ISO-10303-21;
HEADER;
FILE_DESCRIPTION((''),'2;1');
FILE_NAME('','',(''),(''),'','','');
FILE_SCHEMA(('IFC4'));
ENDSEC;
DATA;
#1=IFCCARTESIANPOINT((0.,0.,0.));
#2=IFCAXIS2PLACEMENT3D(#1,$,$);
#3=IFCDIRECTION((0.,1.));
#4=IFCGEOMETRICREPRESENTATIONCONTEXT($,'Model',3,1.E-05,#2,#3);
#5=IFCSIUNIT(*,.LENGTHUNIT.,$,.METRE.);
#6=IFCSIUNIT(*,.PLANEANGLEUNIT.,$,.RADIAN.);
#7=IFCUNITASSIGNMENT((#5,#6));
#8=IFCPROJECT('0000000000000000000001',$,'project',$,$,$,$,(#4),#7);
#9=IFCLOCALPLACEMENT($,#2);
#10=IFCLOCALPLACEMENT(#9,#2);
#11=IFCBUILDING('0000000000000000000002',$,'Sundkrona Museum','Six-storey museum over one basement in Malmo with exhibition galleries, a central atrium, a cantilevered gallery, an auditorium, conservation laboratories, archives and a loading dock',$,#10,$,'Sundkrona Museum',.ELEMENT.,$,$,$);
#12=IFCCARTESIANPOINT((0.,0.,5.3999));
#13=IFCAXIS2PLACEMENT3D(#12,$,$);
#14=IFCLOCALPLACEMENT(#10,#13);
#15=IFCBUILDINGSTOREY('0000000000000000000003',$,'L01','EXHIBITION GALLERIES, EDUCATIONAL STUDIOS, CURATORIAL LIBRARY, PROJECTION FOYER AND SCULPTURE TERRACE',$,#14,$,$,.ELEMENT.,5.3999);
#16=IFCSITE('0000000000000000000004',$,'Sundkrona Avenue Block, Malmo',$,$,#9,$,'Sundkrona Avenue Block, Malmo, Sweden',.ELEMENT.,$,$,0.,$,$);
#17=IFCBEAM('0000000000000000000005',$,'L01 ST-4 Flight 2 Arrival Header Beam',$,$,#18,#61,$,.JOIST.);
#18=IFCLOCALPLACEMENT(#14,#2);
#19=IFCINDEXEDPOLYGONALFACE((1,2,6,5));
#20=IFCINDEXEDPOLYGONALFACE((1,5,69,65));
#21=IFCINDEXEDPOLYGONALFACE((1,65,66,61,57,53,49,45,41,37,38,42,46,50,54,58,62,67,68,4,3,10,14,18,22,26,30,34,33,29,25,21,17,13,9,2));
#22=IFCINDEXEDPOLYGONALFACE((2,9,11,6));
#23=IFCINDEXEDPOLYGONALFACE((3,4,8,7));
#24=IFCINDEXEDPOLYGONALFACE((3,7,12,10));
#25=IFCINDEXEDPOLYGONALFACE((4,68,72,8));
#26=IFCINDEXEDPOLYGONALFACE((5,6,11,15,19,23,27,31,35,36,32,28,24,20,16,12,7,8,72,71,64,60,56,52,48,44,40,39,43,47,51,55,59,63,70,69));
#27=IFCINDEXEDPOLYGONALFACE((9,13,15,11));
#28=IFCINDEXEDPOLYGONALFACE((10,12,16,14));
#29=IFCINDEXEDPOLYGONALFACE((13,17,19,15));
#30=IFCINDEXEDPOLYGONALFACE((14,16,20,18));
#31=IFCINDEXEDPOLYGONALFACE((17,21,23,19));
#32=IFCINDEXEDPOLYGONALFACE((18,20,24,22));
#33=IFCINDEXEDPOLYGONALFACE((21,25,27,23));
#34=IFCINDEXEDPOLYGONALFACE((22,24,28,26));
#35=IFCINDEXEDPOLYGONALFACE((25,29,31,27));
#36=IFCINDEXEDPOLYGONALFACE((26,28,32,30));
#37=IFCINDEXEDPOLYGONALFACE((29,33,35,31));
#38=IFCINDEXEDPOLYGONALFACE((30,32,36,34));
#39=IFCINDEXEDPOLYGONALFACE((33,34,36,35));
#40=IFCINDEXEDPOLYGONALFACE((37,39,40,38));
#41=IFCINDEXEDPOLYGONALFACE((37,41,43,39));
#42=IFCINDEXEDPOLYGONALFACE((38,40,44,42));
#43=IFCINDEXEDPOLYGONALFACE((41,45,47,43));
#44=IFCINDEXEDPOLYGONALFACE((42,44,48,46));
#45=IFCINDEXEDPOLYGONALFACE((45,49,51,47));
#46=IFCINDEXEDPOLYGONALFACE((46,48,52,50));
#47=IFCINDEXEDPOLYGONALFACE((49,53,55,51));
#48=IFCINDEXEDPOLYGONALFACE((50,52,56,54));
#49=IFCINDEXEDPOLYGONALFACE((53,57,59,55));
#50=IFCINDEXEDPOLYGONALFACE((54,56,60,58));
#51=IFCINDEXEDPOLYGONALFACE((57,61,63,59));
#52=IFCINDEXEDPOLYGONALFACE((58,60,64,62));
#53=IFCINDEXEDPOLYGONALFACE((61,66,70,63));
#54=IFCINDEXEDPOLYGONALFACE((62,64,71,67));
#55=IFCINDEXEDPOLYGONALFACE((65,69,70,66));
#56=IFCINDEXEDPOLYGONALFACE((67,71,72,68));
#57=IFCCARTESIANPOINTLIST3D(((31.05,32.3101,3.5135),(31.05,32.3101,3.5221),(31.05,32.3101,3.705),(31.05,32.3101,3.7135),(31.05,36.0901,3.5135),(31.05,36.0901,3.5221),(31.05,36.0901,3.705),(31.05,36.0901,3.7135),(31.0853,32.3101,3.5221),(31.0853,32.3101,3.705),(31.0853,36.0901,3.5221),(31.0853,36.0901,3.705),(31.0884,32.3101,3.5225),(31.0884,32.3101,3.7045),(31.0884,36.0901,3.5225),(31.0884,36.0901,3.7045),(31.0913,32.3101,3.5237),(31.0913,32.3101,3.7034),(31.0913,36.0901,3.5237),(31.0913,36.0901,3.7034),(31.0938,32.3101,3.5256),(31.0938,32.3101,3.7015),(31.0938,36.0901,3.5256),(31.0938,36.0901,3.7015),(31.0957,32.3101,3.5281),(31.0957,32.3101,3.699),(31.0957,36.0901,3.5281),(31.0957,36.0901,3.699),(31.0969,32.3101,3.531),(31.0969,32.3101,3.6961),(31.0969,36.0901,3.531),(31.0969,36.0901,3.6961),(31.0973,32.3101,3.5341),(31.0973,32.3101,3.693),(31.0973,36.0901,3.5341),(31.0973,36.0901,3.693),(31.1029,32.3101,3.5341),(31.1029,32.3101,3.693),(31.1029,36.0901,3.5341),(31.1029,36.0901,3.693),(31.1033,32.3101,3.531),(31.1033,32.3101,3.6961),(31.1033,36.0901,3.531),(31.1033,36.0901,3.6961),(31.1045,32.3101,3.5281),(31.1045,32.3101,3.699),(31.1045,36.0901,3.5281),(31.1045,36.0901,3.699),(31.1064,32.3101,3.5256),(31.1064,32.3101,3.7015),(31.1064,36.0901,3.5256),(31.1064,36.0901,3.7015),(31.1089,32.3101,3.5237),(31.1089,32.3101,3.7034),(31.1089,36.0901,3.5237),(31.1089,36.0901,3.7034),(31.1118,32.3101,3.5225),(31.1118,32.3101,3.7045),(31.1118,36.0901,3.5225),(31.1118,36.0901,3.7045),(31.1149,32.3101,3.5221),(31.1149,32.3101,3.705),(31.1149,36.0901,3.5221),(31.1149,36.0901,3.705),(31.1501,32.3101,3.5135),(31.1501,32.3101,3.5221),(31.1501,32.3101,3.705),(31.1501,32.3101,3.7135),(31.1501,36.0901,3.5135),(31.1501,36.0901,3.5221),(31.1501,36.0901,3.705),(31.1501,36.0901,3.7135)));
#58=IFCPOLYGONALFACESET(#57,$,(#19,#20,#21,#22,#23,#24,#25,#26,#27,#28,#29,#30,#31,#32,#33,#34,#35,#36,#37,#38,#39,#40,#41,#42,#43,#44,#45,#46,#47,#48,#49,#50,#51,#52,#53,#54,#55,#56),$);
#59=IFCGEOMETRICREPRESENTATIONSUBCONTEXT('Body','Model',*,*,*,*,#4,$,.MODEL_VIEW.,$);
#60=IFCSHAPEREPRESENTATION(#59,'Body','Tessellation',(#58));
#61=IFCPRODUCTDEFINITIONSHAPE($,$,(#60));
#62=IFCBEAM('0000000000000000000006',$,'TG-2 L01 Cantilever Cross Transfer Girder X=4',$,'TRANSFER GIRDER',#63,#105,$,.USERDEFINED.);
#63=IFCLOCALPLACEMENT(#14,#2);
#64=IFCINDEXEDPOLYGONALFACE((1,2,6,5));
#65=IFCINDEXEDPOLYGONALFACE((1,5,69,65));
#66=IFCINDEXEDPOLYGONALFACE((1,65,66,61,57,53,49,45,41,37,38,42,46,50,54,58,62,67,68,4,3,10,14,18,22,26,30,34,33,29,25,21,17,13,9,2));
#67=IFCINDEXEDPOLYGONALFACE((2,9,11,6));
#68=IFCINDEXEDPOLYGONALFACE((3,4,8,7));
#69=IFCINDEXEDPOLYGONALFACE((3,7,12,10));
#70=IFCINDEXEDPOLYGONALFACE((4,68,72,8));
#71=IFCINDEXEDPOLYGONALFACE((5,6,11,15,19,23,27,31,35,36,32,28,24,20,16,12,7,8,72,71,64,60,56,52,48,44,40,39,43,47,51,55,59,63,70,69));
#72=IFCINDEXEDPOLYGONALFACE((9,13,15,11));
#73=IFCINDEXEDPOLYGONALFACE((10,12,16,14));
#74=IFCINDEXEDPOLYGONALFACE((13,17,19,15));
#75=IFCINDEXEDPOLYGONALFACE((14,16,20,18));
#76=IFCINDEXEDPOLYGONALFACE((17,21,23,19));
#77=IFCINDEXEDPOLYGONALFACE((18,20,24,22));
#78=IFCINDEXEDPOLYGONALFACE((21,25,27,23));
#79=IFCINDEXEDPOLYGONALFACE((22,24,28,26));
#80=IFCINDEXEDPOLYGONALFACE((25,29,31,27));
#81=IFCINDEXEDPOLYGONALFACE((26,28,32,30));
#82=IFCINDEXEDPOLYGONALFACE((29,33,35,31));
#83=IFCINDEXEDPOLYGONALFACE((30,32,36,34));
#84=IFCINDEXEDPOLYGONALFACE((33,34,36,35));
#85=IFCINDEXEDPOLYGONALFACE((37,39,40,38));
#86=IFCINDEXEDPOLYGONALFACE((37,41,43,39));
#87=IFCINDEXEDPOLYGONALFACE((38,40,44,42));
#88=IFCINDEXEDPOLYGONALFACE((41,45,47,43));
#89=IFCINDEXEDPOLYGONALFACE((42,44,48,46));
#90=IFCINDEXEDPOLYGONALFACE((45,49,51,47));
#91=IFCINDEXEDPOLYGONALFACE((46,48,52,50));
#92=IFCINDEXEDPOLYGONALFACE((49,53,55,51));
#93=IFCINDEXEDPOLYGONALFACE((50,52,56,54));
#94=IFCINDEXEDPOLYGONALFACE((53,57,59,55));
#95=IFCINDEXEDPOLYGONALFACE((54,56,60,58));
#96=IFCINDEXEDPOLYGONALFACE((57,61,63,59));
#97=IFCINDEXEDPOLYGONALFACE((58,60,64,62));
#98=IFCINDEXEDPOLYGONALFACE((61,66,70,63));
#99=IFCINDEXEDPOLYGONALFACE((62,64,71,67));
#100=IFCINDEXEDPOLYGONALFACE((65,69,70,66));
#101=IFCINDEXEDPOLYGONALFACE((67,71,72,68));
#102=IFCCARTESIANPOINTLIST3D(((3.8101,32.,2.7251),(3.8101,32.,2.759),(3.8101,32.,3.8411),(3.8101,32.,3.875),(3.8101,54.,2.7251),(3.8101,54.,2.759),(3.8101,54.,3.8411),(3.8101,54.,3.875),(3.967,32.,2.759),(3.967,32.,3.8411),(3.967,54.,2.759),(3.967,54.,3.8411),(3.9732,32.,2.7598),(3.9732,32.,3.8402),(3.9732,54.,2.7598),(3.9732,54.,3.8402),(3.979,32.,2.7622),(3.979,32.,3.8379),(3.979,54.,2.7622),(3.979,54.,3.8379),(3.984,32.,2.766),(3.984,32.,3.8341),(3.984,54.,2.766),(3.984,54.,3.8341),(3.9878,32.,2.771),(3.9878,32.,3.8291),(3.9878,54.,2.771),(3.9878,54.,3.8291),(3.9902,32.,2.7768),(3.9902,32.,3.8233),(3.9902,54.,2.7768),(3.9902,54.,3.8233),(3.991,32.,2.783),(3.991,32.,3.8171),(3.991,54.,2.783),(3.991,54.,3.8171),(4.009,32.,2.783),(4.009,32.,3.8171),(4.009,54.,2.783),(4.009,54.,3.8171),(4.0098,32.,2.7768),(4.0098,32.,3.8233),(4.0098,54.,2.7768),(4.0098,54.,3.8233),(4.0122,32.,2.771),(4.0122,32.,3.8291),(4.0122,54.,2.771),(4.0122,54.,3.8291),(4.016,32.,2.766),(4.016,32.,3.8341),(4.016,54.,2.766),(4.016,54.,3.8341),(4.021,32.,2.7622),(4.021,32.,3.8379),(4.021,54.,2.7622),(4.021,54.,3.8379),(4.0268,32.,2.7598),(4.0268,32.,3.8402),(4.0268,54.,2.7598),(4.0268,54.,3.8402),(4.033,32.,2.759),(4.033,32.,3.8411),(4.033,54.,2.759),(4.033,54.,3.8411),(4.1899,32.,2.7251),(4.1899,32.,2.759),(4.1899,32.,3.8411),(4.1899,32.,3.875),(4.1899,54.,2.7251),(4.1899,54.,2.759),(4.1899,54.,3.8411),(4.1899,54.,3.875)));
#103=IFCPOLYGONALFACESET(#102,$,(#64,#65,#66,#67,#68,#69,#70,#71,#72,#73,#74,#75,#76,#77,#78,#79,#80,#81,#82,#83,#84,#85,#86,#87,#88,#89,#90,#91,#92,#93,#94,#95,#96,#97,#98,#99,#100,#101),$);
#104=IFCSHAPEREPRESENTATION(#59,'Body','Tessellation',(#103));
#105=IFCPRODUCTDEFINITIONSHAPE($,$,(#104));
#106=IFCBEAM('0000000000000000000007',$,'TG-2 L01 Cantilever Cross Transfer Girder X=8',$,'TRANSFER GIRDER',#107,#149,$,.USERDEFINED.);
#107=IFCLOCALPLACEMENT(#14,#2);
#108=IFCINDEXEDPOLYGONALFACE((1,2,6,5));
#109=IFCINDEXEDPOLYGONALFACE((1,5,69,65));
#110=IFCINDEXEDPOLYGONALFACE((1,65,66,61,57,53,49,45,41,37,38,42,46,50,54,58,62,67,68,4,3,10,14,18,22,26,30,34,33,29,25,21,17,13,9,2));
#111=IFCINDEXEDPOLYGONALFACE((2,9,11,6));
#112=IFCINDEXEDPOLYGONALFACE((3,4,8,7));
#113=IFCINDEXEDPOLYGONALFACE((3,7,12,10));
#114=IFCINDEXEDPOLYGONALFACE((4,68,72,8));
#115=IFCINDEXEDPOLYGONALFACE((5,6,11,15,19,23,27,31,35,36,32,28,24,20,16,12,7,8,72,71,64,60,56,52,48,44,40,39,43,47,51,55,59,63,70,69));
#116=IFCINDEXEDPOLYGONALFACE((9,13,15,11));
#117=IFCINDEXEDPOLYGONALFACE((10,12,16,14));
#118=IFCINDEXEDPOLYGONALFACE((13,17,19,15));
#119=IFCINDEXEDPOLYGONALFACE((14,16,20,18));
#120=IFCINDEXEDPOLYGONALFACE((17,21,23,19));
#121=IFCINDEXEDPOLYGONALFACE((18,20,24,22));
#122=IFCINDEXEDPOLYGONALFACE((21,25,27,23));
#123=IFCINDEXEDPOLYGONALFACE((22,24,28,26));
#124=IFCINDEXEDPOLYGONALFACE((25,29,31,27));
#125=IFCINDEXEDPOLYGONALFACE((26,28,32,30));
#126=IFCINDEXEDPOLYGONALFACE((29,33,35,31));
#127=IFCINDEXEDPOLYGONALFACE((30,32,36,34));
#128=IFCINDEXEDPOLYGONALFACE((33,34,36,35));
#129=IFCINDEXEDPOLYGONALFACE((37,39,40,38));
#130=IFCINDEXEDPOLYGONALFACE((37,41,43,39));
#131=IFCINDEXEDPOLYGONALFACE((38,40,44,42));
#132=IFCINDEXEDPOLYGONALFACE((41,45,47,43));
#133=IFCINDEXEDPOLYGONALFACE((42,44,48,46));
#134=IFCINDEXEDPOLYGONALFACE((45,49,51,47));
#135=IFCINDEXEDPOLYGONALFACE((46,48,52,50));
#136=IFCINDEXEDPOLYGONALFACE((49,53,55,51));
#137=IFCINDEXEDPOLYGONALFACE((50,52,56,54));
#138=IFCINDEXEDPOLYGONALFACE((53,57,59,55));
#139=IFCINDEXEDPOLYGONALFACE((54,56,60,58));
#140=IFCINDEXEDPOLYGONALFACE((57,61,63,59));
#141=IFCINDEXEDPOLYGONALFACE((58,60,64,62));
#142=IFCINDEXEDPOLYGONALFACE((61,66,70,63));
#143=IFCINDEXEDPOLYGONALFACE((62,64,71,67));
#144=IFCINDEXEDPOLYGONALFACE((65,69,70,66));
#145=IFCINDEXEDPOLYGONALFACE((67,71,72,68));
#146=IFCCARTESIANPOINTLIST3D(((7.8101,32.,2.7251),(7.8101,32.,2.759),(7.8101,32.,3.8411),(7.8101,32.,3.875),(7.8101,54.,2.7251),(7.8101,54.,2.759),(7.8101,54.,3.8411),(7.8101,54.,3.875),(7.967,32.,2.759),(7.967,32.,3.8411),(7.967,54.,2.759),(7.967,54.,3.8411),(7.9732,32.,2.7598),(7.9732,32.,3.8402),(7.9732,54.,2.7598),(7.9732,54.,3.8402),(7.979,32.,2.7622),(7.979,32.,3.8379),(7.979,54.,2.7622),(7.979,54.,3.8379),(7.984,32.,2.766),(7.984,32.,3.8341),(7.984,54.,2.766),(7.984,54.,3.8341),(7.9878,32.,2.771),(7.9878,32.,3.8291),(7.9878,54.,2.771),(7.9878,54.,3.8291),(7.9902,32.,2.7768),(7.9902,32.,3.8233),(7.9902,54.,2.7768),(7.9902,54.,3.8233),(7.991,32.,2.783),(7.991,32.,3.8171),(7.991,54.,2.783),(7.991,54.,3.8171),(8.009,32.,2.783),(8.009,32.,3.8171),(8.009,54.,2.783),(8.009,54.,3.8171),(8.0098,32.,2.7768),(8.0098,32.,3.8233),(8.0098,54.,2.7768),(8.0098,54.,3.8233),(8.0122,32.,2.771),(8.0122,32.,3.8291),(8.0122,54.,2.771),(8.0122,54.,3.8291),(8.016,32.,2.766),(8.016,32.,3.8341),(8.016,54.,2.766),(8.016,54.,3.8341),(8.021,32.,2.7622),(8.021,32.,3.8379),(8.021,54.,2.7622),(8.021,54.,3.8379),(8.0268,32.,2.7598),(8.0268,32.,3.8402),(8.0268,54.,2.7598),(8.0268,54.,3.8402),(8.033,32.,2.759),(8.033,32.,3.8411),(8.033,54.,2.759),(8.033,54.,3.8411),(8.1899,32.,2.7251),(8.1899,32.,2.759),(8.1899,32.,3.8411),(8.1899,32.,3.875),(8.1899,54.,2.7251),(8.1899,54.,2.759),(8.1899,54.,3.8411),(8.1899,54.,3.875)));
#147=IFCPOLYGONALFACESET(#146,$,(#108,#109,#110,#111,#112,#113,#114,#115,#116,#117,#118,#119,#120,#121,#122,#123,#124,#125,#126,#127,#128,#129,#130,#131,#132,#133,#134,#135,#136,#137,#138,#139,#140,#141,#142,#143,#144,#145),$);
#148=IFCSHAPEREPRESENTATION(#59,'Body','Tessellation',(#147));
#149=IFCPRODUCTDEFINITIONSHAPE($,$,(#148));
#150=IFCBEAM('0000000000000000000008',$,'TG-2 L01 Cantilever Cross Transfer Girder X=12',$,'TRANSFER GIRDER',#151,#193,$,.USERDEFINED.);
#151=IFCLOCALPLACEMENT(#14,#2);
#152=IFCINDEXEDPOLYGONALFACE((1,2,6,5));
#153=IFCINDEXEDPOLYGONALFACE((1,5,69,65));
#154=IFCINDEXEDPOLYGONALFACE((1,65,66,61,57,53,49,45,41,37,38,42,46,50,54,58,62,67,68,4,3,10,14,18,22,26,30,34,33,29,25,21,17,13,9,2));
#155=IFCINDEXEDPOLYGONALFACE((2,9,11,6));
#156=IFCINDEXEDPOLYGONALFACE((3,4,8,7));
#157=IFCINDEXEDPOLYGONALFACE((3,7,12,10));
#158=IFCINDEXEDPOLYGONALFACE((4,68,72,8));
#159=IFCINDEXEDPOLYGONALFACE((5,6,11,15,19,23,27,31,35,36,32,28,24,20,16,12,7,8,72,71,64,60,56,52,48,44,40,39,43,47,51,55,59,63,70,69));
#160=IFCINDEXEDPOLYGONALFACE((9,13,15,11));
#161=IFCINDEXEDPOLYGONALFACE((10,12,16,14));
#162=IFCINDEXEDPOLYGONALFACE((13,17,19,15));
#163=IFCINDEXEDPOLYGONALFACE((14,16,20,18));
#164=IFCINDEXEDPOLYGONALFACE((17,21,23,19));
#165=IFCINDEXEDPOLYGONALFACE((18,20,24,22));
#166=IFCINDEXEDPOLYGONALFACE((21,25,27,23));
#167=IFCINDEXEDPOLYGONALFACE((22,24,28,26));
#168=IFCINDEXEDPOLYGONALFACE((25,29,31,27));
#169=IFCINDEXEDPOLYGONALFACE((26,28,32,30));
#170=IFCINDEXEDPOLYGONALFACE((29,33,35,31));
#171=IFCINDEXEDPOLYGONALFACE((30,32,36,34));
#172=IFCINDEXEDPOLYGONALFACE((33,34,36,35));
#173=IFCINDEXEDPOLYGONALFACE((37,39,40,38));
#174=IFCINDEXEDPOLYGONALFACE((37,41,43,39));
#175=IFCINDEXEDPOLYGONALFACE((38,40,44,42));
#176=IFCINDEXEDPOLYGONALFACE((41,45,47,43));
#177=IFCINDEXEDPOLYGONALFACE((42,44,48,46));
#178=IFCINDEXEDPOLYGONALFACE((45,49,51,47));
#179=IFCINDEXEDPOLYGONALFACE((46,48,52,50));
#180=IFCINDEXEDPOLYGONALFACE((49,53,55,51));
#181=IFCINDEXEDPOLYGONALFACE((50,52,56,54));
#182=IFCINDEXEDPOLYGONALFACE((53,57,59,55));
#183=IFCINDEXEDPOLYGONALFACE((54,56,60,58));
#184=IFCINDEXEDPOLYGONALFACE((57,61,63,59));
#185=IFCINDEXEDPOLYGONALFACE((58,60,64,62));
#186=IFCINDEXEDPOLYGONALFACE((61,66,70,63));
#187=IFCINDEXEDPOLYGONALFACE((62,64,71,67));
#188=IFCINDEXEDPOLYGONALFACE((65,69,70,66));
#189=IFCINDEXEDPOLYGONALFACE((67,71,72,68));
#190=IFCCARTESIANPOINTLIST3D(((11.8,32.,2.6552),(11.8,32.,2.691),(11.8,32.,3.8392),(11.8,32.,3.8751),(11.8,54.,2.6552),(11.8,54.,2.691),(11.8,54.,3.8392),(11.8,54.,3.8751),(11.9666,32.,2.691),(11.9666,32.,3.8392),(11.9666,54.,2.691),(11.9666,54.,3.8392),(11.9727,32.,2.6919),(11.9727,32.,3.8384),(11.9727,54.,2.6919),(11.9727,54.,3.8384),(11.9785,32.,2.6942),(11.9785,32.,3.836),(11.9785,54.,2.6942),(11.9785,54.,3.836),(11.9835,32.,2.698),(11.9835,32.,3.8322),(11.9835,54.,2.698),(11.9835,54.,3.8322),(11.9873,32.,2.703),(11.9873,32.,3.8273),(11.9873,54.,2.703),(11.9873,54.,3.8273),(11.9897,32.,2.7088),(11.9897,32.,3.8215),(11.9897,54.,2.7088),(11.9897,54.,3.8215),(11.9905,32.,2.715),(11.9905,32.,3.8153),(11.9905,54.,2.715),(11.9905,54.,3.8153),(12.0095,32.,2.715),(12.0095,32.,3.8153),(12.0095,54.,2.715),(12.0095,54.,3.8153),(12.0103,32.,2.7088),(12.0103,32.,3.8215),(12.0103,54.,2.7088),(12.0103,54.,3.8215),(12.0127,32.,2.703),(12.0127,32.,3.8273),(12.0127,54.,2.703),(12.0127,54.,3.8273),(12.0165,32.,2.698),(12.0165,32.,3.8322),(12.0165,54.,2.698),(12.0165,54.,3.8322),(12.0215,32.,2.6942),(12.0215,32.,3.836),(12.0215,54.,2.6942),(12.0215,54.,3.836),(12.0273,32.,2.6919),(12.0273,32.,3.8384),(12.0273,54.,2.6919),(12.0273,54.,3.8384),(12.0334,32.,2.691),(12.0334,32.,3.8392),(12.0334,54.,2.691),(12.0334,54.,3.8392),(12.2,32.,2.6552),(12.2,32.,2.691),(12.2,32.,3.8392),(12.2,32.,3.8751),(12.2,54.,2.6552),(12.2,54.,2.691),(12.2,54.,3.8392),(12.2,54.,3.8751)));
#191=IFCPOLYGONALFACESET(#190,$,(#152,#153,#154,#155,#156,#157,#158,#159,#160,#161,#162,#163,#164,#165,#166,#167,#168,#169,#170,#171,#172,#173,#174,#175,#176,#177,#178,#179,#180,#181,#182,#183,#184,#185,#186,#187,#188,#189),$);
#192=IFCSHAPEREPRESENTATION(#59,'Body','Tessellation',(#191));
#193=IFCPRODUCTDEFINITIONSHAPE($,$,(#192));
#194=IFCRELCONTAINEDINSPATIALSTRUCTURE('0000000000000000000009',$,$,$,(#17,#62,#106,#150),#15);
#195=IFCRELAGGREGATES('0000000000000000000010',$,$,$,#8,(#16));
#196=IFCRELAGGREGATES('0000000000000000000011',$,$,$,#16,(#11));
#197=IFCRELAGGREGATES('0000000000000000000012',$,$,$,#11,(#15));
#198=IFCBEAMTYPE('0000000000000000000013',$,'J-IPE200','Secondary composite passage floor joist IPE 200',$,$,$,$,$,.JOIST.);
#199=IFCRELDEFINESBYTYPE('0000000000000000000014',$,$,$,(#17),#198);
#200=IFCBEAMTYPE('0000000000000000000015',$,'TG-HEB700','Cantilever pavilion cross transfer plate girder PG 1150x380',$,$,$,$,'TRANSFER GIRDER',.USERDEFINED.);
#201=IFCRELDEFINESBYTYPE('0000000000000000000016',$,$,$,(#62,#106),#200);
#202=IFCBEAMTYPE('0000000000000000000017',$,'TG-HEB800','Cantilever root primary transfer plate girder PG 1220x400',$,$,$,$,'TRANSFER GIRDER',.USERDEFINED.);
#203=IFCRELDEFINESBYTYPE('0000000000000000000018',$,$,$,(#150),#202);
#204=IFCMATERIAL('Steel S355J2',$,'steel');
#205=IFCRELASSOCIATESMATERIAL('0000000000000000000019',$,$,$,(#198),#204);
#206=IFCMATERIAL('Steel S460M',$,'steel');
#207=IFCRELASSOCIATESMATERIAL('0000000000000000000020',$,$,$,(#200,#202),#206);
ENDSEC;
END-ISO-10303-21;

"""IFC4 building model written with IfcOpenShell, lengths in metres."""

from ifc_helpers import new_model, si_unit, direction, frame, origin, origin_2d, place, context, subcontext, project, spatial, i_section, extrude, material, material_profile, profile_set, type_object, element, save


model = new_model("IFC4")

# Units and contexts
model_context = context("Model", 3, precision=1e-05, world=origin(), true_north=direction((0.0, 1.0)))
body_context = subcontext(model_context, "Body", "Model", "MODEL_VIEW")
ifc_project = project(units=[si_unit("LENGTHUNIT", "METRE"), si_unit("PLANEANGLEUNIT", "RADIAN")], contexts=[model_context])

# Site, building, storey
site_placement = place(None, origin())
site = spatial("IfcSite", under=ifc_project, at=site_placement, Name="Sundkrona Avenue Block, Malmo", LongName="Sundkrona Avenue Block, Malmo, Sweden", CompositionType="ELEMENT", RefElevation=0.0)
building_placement = place(site_placement, origin())
building = spatial("IfcBuilding", under=site, at=building_placement, Name="Sundkrona Museum", Description="Six-storey museum over one basement in Malmo with exhibition galleries, a central atrium, a cantilevered gallery, an auditorium, conservation laboratories, archives and a loading dock", LongName="Sundkrona Museum", CompositionType="ELEMENT")
storey_placement = place(building_placement, frame((0.0, 0.0, 5.3999)))
storey = spatial("IfcBuildingStorey", under=building, at=storey_placement, Name="L01", Description="EXHIBITION GALLERIES, EDUCATIONAL STUDIOS, CURATORIAL LIBRARY, PROJECTION FOYER AND SCULPTURE TERRACE", CompositionType="ELEMENT", Elevation=5.3999)

# Shared definitions
ifc_material_1 = material(Name="Steel S460M", Category="steel")

# Beams
ifc_material_2 = material(Name="Steel S355J2", Category="steel")
ifc_material_profile_1 = material_profile(ifc_material_2, i_section(OverallWidth=0.1001, OverallDepth=0.2, WebThickness=0.0056, FlangeThickness=0.0085, FilletRadius=0.012, at=origin_2d()), Name="IPE 200")
ifc_profile_set_1 = profile_set([ifc_material_profile_1], Name="Steel S355J2")
beam_type_1 = type_object("IfcBeamType", Name="J-IPE200", Description="Secondary composite passage floor joist IPE 200", PredefinedType="JOIST", material=ifc_profile_set_1)
beam_1_placement = place(storey_placement, frame((31.1001, 32.3101, 3.6135), z_axis=(0.0, 1.0, 0.0), x_axis=(-1.0, 0.0, 0.0)))
element("IfcBeam", 1, at=beam_1_placement, inside=storey, type_object=beam_type_1, Name="L01 ST-4 Flight 2 Arrival Header Beam", PredefinedType="JOIST", context=body_context, shape_type="SweptSolid", body=[
    extrude(i_section(OverallWidth=0.1001, OverallDepth=0.2, WebThickness=0.0056, FlangeThickness=0.0085, FilletRadius=0.012, at=origin_2d()), origin(), (0.0, 0.0, 1.0), 3.78),
])
ifc_material_profile_2 = material_profile(ifc_material_1, i_section(OverallWidth=0.3799, OverallDepth=1.1499, WebThickness=0.0181, FlangeThickness=0.0339, FilletRadius=0.0239, at=origin_2d()), Name="PG 1150x380")
ifc_profile_set_2 = profile_set([ifc_material_profile_2], Name="Steel S460M")
beam_type_2 = type_object("IfcBeamType", Name="TG-HEB700", Description="Cantilever pavilion cross transfer plate girder PG 1150x380", ElementType="TRANSFER GIRDER", PredefinedType="USERDEFINED", material=ifc_profile_set_2)
for number, where, z_axis, x_axis, name in (
    (2, (4.0, 32.0, 3.3), (0.0, 1.0, 0.0), (-1.0, 0.0, 0.0), "TG-2 L01 Cantilever Cross Transfer Girder X=4"),
    (3, (8.0, 32.0, 3.3), (0.0, 1.0, 0.0), (-1.0, 0.0, 0.0), "TG-2 L01 Cantilever Cross Transfer Girder X=8"),
):
    element("IfcBeam", number, at=place(storey_placement, frame(where, z_axis=z_axis, x_axis=x_axis)), inside=storey, type_object=beam_type_2, Name=name, ObjectType="TRANSFER GIRDER", PredefinedType="USERDEFINED", context=body_context, shape_type="SweptSolid", body=[
        extrude(i_section(OverallWidth=0.3799, OverallDepth=1.1499, WebThickness=0.0181, FlangeThickness=0.0339, FilletRadius=0.0239, at=origin_2d()), origin(), (0.0, 0.0, 1.0), 22.0),
    ])
ifc_material_profile_3 = material_profile(ifc_material_1, i_section(OverallWidth=0.3999, OverallDepth=1.22, WebThickness=0.019, FlangeThickness=0.0359, FilletRadius=0.0239, at=origin_2d()), Name="PG 1220x400")
ifc_profile_set_3 = profile_set([ifc_material_profile_3], Name="Steel S460M")
beam_type_3 = type_object("IfcBeamType", Name="TG-HEB800", Description="Cantilever root primary transfer plate girder PG 1220x400", ElementType="TRANSFER GIRDER", PredefinedType="USERDEFINED", material=ifc_profile_set_3)
beam_2_placement = place(storey_placement, frame((12.0, 32.0, 3.2651), z_axis=(0.0, 1.0, 0.0), x_axis=(-1.0, 0.0, 0.0)))
element("IfcBeam", 4, at=beam_2_placement, inside=storey, type_object=beam_type_3, Name="TG-2 L01 Cantilever Cross Transfer Girder X=12", ObjectType="TRANSFER GIRDER", PredefinedType="USERDEFINED", context=body_context, shape_type="SweptSolid", body=[
    extrude(i_section(OverallWidth=0.3999, OverallDepth=1.22, WebThickness=0.019, FlangeThickness=0.0359, FilletRadius=0.0239, at=origin_2d()), origin(), (0.0, 0.0, 1.0), 22.0),
])

save(model, "model.ifc")
